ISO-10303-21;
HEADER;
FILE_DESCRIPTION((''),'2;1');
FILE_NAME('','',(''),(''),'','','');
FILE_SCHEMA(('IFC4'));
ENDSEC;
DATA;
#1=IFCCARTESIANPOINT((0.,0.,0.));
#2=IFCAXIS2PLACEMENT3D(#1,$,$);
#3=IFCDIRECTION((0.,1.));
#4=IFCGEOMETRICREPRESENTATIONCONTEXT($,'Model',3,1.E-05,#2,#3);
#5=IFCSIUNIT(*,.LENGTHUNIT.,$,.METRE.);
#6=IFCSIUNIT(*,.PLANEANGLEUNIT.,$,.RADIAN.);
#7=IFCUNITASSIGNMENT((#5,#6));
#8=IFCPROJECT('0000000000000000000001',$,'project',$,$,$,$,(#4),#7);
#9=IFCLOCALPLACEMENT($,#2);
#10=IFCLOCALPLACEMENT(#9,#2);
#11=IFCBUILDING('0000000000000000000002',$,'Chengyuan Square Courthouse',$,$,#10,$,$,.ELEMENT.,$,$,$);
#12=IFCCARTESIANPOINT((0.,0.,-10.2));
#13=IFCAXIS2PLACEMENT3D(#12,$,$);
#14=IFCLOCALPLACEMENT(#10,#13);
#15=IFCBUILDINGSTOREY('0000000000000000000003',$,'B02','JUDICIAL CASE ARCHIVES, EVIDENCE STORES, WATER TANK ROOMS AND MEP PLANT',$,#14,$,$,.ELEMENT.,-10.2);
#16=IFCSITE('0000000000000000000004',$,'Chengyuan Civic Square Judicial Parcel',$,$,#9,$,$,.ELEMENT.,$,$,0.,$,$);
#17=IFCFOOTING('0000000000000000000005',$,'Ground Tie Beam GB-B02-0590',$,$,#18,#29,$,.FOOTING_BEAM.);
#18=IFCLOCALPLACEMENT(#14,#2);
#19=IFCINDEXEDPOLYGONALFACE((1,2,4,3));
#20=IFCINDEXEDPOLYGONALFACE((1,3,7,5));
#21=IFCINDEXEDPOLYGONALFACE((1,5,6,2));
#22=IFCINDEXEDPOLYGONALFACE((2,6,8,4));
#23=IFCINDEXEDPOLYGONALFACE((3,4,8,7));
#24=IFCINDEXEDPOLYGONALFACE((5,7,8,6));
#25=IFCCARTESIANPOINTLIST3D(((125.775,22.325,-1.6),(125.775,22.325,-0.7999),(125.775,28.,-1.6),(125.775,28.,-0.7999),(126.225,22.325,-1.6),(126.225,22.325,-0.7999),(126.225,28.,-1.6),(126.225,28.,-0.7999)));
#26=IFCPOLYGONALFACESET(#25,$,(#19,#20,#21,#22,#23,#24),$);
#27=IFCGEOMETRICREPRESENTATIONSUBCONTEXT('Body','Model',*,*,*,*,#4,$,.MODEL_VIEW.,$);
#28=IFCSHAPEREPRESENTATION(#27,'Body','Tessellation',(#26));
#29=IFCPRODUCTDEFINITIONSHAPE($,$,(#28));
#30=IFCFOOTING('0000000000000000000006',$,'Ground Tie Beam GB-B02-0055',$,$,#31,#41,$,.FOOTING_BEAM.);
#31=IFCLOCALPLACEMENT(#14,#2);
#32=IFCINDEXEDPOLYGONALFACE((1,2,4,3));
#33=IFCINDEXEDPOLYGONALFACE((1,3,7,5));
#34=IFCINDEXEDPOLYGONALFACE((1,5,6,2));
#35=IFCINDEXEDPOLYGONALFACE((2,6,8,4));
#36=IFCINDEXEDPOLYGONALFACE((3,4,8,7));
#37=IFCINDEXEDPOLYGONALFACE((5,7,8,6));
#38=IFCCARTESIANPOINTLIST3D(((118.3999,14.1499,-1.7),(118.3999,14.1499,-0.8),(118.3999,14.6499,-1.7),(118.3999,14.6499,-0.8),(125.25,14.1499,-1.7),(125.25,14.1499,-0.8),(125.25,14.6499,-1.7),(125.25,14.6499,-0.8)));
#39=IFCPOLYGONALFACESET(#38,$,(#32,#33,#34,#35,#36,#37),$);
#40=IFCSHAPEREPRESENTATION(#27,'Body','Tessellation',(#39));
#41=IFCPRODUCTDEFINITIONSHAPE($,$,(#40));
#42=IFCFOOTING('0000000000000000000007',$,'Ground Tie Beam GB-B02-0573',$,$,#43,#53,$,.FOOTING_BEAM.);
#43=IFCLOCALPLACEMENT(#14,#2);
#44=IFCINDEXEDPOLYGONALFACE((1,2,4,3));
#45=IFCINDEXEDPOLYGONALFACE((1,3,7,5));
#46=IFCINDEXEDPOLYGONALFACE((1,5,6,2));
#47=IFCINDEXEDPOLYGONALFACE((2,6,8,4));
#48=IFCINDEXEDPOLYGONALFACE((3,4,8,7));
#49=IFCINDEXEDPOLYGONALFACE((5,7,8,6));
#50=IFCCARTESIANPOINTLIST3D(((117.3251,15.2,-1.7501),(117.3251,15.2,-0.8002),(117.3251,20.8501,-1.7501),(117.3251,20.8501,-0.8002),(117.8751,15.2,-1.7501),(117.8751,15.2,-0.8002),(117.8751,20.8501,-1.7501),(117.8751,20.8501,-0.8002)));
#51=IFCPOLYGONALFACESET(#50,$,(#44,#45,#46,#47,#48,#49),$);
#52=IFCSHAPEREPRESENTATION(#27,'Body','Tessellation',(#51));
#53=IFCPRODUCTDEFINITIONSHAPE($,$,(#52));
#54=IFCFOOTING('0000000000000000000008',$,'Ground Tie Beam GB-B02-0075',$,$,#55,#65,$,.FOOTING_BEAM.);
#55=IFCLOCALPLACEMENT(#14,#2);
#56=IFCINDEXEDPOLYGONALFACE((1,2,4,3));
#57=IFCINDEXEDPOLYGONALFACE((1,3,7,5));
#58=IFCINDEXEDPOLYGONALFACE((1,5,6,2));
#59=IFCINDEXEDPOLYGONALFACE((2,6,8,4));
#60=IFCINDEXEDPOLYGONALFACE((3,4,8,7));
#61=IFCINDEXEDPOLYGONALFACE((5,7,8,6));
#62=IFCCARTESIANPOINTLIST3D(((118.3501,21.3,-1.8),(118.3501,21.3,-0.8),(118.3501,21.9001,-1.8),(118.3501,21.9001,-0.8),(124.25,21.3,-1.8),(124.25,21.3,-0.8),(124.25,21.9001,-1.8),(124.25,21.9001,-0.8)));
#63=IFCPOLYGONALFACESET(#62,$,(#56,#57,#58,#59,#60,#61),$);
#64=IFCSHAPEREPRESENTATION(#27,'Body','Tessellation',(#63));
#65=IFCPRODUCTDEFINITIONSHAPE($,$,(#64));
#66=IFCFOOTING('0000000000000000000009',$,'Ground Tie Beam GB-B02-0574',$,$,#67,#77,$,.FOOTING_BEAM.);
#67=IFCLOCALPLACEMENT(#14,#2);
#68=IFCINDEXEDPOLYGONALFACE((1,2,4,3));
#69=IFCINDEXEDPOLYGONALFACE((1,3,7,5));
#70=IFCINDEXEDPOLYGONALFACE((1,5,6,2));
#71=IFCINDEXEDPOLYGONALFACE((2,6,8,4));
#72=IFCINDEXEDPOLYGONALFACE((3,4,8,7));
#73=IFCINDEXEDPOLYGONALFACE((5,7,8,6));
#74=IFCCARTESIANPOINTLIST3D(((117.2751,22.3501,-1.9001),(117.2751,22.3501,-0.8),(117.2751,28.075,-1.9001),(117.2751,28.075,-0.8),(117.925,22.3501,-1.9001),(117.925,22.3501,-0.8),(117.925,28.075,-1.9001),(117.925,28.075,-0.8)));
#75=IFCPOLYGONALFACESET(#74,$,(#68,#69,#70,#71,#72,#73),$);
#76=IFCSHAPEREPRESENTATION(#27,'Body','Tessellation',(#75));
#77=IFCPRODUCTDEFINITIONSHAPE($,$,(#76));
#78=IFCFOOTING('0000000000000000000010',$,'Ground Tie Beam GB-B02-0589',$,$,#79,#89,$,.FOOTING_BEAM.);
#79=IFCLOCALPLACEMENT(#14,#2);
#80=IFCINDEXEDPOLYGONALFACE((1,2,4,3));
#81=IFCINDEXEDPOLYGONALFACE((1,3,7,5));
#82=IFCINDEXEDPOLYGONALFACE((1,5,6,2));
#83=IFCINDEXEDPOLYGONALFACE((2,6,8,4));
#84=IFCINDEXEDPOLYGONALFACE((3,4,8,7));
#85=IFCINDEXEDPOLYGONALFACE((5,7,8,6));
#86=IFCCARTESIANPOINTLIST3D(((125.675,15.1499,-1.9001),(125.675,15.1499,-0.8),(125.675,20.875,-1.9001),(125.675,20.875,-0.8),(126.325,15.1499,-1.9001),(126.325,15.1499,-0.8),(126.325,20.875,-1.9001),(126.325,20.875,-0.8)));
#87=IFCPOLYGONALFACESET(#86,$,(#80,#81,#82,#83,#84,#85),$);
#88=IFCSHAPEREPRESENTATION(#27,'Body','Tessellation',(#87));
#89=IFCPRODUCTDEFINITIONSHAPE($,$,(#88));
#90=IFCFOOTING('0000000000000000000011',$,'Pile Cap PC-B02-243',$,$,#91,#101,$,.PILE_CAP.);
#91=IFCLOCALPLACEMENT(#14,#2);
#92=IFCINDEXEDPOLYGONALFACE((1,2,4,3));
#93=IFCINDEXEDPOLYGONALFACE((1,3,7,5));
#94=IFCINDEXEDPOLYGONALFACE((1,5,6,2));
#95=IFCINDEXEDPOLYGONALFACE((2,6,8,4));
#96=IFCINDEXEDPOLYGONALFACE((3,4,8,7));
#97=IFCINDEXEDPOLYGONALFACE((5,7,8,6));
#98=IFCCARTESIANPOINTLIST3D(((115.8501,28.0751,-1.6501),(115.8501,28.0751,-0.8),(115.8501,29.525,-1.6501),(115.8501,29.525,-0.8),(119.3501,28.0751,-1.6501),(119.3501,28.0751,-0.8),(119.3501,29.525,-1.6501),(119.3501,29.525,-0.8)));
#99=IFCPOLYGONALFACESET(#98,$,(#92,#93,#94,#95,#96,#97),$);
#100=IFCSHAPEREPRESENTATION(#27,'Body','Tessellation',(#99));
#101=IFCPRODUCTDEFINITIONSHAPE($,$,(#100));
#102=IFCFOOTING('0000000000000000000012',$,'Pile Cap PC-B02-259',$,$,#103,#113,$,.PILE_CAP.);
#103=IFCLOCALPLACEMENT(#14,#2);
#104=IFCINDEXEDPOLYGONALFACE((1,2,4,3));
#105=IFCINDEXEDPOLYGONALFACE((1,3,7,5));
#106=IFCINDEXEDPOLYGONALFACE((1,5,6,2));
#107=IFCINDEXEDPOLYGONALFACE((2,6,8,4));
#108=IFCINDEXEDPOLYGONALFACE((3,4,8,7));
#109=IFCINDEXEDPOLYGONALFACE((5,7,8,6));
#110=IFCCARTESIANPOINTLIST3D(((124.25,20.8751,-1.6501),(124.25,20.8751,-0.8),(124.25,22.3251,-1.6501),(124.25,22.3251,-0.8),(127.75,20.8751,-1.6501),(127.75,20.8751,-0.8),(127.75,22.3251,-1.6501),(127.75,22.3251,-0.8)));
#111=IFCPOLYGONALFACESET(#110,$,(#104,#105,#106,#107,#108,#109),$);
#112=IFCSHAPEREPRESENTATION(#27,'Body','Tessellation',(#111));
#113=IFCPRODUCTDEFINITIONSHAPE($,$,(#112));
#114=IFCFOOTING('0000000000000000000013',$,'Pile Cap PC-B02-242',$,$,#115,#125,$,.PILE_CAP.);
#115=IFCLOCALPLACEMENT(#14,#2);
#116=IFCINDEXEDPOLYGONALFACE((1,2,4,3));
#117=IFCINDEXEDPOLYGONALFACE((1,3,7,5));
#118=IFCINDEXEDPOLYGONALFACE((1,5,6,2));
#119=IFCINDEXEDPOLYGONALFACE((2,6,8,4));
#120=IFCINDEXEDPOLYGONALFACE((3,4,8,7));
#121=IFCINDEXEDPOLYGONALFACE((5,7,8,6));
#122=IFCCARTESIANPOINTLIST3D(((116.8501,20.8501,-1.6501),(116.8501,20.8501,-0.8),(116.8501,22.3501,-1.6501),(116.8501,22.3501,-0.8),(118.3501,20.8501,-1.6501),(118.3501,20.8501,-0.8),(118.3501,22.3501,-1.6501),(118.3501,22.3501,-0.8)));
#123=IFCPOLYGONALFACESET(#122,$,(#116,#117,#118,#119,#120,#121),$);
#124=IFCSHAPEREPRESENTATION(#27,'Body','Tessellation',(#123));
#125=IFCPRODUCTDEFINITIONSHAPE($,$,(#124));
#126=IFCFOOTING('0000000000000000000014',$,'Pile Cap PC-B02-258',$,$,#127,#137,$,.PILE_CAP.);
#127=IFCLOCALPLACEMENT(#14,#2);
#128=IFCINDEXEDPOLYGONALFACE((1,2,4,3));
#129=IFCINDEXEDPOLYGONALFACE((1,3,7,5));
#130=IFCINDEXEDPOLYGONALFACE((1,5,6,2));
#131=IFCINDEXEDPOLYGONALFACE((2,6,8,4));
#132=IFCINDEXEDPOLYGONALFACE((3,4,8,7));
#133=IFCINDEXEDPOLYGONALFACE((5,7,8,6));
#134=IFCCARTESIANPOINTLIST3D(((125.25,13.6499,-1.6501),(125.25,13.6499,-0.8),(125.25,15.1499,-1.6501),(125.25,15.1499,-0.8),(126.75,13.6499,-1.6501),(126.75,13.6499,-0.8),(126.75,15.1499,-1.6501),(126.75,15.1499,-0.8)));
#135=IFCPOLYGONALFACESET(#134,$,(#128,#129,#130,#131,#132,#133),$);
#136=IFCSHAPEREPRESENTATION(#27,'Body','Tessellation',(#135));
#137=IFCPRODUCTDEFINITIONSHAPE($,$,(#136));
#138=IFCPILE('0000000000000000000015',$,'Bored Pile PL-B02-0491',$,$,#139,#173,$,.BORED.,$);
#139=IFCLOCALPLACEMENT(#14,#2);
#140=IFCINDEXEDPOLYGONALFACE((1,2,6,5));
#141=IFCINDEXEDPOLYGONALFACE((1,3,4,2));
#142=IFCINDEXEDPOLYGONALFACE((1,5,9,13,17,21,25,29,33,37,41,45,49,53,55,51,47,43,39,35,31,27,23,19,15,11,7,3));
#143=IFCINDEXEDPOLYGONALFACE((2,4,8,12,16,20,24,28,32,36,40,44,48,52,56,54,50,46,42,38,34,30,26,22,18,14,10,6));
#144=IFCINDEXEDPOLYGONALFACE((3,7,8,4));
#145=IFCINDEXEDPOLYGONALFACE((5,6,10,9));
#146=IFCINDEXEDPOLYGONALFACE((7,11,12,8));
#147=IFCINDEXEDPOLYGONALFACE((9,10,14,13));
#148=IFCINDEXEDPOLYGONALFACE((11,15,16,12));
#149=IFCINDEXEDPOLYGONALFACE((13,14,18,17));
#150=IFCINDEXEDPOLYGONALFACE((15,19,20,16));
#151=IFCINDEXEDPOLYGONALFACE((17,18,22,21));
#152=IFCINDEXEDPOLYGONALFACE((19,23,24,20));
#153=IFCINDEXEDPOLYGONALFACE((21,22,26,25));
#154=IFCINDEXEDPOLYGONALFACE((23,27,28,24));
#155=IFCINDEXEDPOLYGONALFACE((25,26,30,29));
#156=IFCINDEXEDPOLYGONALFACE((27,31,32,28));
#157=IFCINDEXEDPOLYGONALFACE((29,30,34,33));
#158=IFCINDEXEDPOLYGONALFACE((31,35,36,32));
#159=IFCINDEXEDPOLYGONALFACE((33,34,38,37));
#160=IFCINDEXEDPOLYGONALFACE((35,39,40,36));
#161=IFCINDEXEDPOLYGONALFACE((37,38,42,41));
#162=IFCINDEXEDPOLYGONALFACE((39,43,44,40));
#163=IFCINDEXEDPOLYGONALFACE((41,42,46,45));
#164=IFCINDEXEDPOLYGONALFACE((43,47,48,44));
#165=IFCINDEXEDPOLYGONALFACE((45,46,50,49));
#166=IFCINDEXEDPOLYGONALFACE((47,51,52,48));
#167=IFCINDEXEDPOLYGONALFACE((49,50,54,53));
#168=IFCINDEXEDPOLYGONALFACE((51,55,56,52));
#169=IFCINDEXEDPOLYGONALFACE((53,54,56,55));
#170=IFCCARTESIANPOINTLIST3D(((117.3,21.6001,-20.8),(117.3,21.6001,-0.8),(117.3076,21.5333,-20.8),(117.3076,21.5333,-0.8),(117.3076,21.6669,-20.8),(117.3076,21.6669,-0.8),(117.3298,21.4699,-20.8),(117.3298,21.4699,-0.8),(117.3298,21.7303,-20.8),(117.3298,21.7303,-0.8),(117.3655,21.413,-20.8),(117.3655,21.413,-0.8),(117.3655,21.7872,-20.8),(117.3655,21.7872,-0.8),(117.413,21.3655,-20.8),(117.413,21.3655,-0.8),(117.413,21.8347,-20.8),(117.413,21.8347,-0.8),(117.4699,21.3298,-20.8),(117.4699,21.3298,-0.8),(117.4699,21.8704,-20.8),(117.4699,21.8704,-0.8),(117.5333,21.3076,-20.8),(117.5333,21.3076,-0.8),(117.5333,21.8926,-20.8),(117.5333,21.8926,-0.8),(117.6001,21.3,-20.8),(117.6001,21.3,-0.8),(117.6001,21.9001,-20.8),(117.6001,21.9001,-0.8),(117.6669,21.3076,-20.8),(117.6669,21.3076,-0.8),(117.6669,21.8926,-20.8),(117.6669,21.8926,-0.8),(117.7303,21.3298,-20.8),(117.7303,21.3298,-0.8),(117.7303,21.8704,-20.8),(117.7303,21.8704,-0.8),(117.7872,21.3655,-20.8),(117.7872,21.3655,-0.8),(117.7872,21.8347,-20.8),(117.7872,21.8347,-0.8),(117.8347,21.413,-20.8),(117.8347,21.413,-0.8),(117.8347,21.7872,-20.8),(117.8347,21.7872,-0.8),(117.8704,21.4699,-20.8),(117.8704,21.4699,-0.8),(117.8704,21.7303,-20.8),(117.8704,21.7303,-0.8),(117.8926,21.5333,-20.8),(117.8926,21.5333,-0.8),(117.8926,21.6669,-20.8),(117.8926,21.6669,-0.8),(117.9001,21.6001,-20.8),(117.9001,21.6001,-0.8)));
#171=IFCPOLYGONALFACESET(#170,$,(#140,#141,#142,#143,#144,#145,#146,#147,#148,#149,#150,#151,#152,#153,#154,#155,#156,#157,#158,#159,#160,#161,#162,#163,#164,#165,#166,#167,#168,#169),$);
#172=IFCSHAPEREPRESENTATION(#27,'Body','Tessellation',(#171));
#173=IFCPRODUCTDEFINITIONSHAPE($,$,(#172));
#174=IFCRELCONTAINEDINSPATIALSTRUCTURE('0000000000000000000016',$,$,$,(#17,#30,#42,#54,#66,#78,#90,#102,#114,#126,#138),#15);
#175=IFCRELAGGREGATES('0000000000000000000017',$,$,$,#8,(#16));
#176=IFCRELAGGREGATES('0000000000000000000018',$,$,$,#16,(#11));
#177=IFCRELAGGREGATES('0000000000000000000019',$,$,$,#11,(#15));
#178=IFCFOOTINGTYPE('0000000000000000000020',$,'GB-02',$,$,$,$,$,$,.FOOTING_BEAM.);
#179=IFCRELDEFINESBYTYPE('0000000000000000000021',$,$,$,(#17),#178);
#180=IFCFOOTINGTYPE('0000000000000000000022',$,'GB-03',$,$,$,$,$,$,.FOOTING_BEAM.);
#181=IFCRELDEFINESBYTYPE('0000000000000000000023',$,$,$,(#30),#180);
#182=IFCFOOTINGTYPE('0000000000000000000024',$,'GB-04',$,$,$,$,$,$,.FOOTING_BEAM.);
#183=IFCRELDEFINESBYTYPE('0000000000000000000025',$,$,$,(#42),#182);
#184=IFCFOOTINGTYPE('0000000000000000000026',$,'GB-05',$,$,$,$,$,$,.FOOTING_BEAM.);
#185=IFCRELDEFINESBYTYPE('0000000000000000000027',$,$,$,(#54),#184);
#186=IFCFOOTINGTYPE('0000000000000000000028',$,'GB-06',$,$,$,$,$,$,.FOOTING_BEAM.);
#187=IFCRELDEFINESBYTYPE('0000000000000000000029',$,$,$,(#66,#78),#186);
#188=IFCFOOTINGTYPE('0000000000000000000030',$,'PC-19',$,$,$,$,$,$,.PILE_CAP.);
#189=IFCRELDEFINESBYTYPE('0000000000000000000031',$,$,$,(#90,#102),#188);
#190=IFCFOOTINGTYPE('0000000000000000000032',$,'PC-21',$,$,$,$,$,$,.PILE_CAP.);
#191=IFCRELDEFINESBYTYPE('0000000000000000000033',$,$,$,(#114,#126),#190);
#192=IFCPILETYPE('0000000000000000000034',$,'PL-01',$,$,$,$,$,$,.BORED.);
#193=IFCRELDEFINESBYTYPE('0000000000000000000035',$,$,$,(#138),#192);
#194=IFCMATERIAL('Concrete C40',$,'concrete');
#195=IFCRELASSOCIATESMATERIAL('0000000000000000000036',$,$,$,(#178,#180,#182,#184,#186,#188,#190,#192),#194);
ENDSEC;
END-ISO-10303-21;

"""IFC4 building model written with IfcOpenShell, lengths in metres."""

from ifc_helpers import new_model, si_unit, direction, frame, origin, origin_2d, place, context, subcontext, project, spatial, rectangle, circle, extrude, material, material_profile, profile_set, type_object, element, save


model = new_model("IFC4")

# Units and contexts
model_context = context("Model", 3, precision=1e-05, world=origin(), true_north=direction((0.0, 1.0)))
body_context = subcontext(model_context, "Body", "Model", "MODEL_VIEW")
ifc_project = project(units=[si_unit("LENGTHUNIT", "METRE"), si_unit("PLANEANGLEUNIT", "RADIAN")], contexts=[model_context])

# Site, building, storey
site_placement = place(None, origin())
site = spatial("IfcSite", under=ifc_project, at=site_placement, Name="Chengyuan Civic Square Judicial Parcel", CompositionType="ELEMENT", RefElevation=0.0)
building_placement = place(site_placement, origin())
building = spatial("IfcBuilding", under=site, at=building_placement, Name="Chengyuan Square Courthouse", CompositionType="ELEMENT")
storey_placement = place(building_placement, frame((0.0, 0.0, -10.2)))
storey = spatial("IfcBuildingStorey", under=building, at=storey_placement, Name="B02", Description="JUDICIAL CASE ARCHIVES, EVIDENCE STORES, WATER TANK ROOMS AND MEP PLANT", CompositionType="ELEMENT", Elevation=-10.2)

# Footings
ifc_material_1 = material(Name="Concrete C40", Category="concrete")
ifc_material_profile_1 = material_profile(ifc_material_1, rectangle(XDim=0.45, YDim=0.8, at=origin_2d()), Name="GB-450x800")
ifc_profile_set_1 = profile_set([ifc_material_profile_1], Name="Concrete C40")
footing_type_1 = type_object("IfcFootingType", Name="GB-02", PredefinedType="FOOTING_BEAM", material=ifc_profile_set_1)
footing_1_placement = place(storey_placement, frame((126.0, 22.325, -1.2), z_axis=(0.0, 1.0, 0.0), x_axis=(-1.0, 0.0, 0.0)))
element("IfcFooting", 1, at=footing_1_placement, inside=storey, type_object=footing_type_1, Name="Ground Tie Beam GB-B02-0590", PredefinedType="FOOTING_BEAM", context=body_context, shape_type="SweptSolid", body=[
    extrude(rectangle(XDim=0.45, YDim=0.8, at=origin_2d()), origin(), (0.0, 0.0, 1.0), 5.675),
])
ifc_material_profile_2 = material_profile(ifc_material_1, rectangle(XDim=0.5, YDim=0.8999, at=origin_2d()), Name="GB-500x900")
ifc_profile_set_2 = profile_set([ifc_material_profile_2], Name="Concrete C40")
footing_type_2 = type_object("IfcFootingType", Name="GB-03", PredefinedType="FOOTING_BEAM", material=ifc_profile_set_2)
footing_2_placement = place(storey_placement, frame((118.3999, 14.3999, -1.25), z_axis=(1.0, 0.0, 0.0), x_axis=(0.0, 1.0, 0.0)))
element("IfcFooting", 2, at=footing_2_placement, inside=storey, type_object=footing_type_2, Name="Ground Tie Beam GB-B02-0055", PredefinedType="FOOTING_BEAM", context=body_context, shape_type="SweptSolid", body=[
    extrude(rectangle(XDim=0.5, YDim=0.8999, at=origin_2d()), origin(), (0.0, 0.0, 1.0), 6.8501),
])
ifc_material_profile_3 = material_profile(ifc_material_1, rectangle(XDim=0.55, YDim=0.95, at=origin_2d()), Name="GB-550x950")
ifc_profile_set_3 = profile_set([ifc_material_profile_3], Name="Concrete C40")
footing_type_3 = type_object("IfcFootingType", Name="GB-04", PredefinedType="FOOTING_BEAM", material=ifc_profile_set_3)
footing_3_placement = place(storey_placement, frame((117.6001, 15.2, -1.2751), z_axis=(0.0, 1.0, 0.0), x_axis=(-1.0, 0.0, 0.0)))
element("IfcFooting", 3, at=footing_3_placement, inside=storey, type_object=footing_type_3, Name="Ground Tie Beam GB-B02-0573", PredefinedType="FOOTING_BEAM", context=body_context, shape_type="SweptSolid", body=[
    extrude(rectangle(XDim=0.55, YDim=0.95, at=origin_2d()), origin(), (0.0, 0.0, 1.0), 5.6501),
])
ifc_material_profile_4 = material_profile(ifc_material_1, rectangle(XDim=0.6001, YDim=1.0, at=origin_2d()), Name="GB-600x1000")
ifc_profile_set_4 = profile_set([ifc_material_profile_4], Name="Concrete C40")
footing_type_4 = type_object("IfcFootingType", Name="GB-05", PredefinedType="FOOTING_BEAM", material=ifc_profile_set_4)
footing_4_placement = place(storey_placement, frame((118.3501, 21.6001, -1.3), z_axis=(1.0, 0.0, 0.0), x_axis=(0.0, 1.0, 0.0)))
element("IfcFooting", 4, at=footing_4_placement, inside=storey, type_object=footing_type_4, Name="Ground Tie Beam GB-B02-0075", PredefinedType="FOOTING_BEAM", context=body_context, shape_type="SweptSolid", body=[
    extrude(rectangle(XDim=0.6001, YDim=1.0, at=origin_2d()), origin(), (0.0, 0.0, 1.0), 5.8999),
])
ifc_material_profile_5 = material_profile(ifc_material_1, rectangle(XDim=0.6499, YDim=1.1001, at=origin_2d()), Name="GB-650x1100")
ifc_profile_set_5 = profile_set([ifc_material_profile_5], Name="Concrete C40")
footing_type_5 = type_object("IfcFootingType", Name="GB-06", PredefinedType="FOOTING_BEAM", material=ifc_profile_set_5)
footing_5_placement = place(storey_placement, frame((117.6001, 22.3501, -1.3501), z_axis=(0.0, 1.0, 0.0), x_axis=(-1.0, 0.0, 0.0)))
element("IfcFooting", 5, at=footing_5_placement, inside=storey, type_object=footing_type_5, Name="Ground Tie Beam GB-B02-0574", PredefinedType="FOOTING_BEAM", context=body_context, shape_type="SweptSolid", body=[
    extrude(rectangle(XDim=0.6499, YDim=1.1001, at=origin_2d()), origin(), (0.0, 0.0, 1.0), 5.7249),
])
footing_6_placement = place(storey_placement, frame((126.0, 15.1499, -1.3501), z_axis=(0.0, 1.0, 0.0), x_axis=(-1.0, 0.0, 0.0)))
element("IfcFooting", 6, at=footing_6_placement, inside=storey, type_object=footing_type_5, Name="Ground Tie Beam GB-B02-0589", PredefinedType="FOOTING_BEAM", context=body_context, shape_type="SweptSolid", body=[
    extrude(rectangle(XDim=0.6499, YDim=1.1001, at=origin_2d()), origin(), (0.0, 0.0, 1.0), 5.7251),
])
footing_type_6 = type_object("IfcFootingType", Name="PC-19", PredefinedType="PILE_CAP", material=ifc_material_1)
for number, where, z_axis, x_axis, name in (
    (7, (117.6001, 28.8, -1.6501), (0.0, 0.0, 1.0), (1.0, 0.0, 0.0), "Pile Cap PC-B02-243"),
    (8, (126.0, 21.6001, -1.6501), (0.0, 0.0, 1.0), (1.0, 0.0, 0.0), "Pile Cap PC-B02-259"),
):
    element("IfcFooting", number, at=place(storey_placement, frame(where, z_axis=z_axis, x_axis=x_axis)), inside=storey, type_object=footing_type_6, Name=name, PredefinedType="PILE_CAP", context=body_context, shape_type="SweptSolid", body=[
        extrude(rectangle(XDim=3.5, YDim=1.45, at=origin_2d()), origin(), (0.0, 0.0, 1.0), 0.8501),
    ])
footing_type_7 = type_object("IfcFootingType", Name="PC-21", PredefinedType="PILE_CAP", material=ifc_material_1)
for number, where, z_axis, x_axis, name in (
    (9, (117.6001, 21.6001, -1.6501), (0.0, 0.0, 1.0), (1.0, 0.0, 0.0), "Pile Cap PC-B02-242"),
    (10, (126.0, 14.3999, -1.6501), (0.0, 0.0, 1.0), (1.0, 0.0, 0.0), "Pile Cap PC-B02-258"),
):
    element("IfcFooting", number, at=place(storey_placement, frame(where, z_axis=z_axis, x_axis=x_axis)), inside=storey, type_object=footing_type_7, Name=name, PredefinedType="PILE_CAP", context=body_context, shape_type="SweptSolid", body=[
        extrude(rectangle(XDim=1.5, YDim=1.5, at=origin_2d()), origin(), (0.0, 0.0, 1.0), 0.8501),
    ])

# Pile
ifc_material_profile_6 = material_profile(ifc_material_1, circle(Radius=0.3, at=origin_2d()), Name="BORED PILE D600")
ifc_profile_set_6 = profile_set([ifc_material_profile_6], Name="Concrete C40")
pile_type_1 = type_object("IfcPileType", Name="PL-01", PredefinedType="BORED", material=ifc_profile_set_6)
for number, where, z_axis, x_axis, name in (
    (11, (117.6001, 21.6001, -0.8), (0.0, 0.0, -1.0), (1.0, 0.0, 0.0), "Bored Pile PL-B02-0491"),
):
    element("IfcPile", number, at=place(storey_placement, frame(where, z_axis=z_axis, x_axis=x_axis)), inside=storey, type_object=pile_type_1, Name=name, PredefinedType="BORED", context=body_context, shape_type="SweptSolid", body=[
        extrude(circle(Radius=0.3, at=origin_2d()), origin(), (0.0, 0.0, 1.0), 20.0),
    ])

save(model, "model.ifc")
